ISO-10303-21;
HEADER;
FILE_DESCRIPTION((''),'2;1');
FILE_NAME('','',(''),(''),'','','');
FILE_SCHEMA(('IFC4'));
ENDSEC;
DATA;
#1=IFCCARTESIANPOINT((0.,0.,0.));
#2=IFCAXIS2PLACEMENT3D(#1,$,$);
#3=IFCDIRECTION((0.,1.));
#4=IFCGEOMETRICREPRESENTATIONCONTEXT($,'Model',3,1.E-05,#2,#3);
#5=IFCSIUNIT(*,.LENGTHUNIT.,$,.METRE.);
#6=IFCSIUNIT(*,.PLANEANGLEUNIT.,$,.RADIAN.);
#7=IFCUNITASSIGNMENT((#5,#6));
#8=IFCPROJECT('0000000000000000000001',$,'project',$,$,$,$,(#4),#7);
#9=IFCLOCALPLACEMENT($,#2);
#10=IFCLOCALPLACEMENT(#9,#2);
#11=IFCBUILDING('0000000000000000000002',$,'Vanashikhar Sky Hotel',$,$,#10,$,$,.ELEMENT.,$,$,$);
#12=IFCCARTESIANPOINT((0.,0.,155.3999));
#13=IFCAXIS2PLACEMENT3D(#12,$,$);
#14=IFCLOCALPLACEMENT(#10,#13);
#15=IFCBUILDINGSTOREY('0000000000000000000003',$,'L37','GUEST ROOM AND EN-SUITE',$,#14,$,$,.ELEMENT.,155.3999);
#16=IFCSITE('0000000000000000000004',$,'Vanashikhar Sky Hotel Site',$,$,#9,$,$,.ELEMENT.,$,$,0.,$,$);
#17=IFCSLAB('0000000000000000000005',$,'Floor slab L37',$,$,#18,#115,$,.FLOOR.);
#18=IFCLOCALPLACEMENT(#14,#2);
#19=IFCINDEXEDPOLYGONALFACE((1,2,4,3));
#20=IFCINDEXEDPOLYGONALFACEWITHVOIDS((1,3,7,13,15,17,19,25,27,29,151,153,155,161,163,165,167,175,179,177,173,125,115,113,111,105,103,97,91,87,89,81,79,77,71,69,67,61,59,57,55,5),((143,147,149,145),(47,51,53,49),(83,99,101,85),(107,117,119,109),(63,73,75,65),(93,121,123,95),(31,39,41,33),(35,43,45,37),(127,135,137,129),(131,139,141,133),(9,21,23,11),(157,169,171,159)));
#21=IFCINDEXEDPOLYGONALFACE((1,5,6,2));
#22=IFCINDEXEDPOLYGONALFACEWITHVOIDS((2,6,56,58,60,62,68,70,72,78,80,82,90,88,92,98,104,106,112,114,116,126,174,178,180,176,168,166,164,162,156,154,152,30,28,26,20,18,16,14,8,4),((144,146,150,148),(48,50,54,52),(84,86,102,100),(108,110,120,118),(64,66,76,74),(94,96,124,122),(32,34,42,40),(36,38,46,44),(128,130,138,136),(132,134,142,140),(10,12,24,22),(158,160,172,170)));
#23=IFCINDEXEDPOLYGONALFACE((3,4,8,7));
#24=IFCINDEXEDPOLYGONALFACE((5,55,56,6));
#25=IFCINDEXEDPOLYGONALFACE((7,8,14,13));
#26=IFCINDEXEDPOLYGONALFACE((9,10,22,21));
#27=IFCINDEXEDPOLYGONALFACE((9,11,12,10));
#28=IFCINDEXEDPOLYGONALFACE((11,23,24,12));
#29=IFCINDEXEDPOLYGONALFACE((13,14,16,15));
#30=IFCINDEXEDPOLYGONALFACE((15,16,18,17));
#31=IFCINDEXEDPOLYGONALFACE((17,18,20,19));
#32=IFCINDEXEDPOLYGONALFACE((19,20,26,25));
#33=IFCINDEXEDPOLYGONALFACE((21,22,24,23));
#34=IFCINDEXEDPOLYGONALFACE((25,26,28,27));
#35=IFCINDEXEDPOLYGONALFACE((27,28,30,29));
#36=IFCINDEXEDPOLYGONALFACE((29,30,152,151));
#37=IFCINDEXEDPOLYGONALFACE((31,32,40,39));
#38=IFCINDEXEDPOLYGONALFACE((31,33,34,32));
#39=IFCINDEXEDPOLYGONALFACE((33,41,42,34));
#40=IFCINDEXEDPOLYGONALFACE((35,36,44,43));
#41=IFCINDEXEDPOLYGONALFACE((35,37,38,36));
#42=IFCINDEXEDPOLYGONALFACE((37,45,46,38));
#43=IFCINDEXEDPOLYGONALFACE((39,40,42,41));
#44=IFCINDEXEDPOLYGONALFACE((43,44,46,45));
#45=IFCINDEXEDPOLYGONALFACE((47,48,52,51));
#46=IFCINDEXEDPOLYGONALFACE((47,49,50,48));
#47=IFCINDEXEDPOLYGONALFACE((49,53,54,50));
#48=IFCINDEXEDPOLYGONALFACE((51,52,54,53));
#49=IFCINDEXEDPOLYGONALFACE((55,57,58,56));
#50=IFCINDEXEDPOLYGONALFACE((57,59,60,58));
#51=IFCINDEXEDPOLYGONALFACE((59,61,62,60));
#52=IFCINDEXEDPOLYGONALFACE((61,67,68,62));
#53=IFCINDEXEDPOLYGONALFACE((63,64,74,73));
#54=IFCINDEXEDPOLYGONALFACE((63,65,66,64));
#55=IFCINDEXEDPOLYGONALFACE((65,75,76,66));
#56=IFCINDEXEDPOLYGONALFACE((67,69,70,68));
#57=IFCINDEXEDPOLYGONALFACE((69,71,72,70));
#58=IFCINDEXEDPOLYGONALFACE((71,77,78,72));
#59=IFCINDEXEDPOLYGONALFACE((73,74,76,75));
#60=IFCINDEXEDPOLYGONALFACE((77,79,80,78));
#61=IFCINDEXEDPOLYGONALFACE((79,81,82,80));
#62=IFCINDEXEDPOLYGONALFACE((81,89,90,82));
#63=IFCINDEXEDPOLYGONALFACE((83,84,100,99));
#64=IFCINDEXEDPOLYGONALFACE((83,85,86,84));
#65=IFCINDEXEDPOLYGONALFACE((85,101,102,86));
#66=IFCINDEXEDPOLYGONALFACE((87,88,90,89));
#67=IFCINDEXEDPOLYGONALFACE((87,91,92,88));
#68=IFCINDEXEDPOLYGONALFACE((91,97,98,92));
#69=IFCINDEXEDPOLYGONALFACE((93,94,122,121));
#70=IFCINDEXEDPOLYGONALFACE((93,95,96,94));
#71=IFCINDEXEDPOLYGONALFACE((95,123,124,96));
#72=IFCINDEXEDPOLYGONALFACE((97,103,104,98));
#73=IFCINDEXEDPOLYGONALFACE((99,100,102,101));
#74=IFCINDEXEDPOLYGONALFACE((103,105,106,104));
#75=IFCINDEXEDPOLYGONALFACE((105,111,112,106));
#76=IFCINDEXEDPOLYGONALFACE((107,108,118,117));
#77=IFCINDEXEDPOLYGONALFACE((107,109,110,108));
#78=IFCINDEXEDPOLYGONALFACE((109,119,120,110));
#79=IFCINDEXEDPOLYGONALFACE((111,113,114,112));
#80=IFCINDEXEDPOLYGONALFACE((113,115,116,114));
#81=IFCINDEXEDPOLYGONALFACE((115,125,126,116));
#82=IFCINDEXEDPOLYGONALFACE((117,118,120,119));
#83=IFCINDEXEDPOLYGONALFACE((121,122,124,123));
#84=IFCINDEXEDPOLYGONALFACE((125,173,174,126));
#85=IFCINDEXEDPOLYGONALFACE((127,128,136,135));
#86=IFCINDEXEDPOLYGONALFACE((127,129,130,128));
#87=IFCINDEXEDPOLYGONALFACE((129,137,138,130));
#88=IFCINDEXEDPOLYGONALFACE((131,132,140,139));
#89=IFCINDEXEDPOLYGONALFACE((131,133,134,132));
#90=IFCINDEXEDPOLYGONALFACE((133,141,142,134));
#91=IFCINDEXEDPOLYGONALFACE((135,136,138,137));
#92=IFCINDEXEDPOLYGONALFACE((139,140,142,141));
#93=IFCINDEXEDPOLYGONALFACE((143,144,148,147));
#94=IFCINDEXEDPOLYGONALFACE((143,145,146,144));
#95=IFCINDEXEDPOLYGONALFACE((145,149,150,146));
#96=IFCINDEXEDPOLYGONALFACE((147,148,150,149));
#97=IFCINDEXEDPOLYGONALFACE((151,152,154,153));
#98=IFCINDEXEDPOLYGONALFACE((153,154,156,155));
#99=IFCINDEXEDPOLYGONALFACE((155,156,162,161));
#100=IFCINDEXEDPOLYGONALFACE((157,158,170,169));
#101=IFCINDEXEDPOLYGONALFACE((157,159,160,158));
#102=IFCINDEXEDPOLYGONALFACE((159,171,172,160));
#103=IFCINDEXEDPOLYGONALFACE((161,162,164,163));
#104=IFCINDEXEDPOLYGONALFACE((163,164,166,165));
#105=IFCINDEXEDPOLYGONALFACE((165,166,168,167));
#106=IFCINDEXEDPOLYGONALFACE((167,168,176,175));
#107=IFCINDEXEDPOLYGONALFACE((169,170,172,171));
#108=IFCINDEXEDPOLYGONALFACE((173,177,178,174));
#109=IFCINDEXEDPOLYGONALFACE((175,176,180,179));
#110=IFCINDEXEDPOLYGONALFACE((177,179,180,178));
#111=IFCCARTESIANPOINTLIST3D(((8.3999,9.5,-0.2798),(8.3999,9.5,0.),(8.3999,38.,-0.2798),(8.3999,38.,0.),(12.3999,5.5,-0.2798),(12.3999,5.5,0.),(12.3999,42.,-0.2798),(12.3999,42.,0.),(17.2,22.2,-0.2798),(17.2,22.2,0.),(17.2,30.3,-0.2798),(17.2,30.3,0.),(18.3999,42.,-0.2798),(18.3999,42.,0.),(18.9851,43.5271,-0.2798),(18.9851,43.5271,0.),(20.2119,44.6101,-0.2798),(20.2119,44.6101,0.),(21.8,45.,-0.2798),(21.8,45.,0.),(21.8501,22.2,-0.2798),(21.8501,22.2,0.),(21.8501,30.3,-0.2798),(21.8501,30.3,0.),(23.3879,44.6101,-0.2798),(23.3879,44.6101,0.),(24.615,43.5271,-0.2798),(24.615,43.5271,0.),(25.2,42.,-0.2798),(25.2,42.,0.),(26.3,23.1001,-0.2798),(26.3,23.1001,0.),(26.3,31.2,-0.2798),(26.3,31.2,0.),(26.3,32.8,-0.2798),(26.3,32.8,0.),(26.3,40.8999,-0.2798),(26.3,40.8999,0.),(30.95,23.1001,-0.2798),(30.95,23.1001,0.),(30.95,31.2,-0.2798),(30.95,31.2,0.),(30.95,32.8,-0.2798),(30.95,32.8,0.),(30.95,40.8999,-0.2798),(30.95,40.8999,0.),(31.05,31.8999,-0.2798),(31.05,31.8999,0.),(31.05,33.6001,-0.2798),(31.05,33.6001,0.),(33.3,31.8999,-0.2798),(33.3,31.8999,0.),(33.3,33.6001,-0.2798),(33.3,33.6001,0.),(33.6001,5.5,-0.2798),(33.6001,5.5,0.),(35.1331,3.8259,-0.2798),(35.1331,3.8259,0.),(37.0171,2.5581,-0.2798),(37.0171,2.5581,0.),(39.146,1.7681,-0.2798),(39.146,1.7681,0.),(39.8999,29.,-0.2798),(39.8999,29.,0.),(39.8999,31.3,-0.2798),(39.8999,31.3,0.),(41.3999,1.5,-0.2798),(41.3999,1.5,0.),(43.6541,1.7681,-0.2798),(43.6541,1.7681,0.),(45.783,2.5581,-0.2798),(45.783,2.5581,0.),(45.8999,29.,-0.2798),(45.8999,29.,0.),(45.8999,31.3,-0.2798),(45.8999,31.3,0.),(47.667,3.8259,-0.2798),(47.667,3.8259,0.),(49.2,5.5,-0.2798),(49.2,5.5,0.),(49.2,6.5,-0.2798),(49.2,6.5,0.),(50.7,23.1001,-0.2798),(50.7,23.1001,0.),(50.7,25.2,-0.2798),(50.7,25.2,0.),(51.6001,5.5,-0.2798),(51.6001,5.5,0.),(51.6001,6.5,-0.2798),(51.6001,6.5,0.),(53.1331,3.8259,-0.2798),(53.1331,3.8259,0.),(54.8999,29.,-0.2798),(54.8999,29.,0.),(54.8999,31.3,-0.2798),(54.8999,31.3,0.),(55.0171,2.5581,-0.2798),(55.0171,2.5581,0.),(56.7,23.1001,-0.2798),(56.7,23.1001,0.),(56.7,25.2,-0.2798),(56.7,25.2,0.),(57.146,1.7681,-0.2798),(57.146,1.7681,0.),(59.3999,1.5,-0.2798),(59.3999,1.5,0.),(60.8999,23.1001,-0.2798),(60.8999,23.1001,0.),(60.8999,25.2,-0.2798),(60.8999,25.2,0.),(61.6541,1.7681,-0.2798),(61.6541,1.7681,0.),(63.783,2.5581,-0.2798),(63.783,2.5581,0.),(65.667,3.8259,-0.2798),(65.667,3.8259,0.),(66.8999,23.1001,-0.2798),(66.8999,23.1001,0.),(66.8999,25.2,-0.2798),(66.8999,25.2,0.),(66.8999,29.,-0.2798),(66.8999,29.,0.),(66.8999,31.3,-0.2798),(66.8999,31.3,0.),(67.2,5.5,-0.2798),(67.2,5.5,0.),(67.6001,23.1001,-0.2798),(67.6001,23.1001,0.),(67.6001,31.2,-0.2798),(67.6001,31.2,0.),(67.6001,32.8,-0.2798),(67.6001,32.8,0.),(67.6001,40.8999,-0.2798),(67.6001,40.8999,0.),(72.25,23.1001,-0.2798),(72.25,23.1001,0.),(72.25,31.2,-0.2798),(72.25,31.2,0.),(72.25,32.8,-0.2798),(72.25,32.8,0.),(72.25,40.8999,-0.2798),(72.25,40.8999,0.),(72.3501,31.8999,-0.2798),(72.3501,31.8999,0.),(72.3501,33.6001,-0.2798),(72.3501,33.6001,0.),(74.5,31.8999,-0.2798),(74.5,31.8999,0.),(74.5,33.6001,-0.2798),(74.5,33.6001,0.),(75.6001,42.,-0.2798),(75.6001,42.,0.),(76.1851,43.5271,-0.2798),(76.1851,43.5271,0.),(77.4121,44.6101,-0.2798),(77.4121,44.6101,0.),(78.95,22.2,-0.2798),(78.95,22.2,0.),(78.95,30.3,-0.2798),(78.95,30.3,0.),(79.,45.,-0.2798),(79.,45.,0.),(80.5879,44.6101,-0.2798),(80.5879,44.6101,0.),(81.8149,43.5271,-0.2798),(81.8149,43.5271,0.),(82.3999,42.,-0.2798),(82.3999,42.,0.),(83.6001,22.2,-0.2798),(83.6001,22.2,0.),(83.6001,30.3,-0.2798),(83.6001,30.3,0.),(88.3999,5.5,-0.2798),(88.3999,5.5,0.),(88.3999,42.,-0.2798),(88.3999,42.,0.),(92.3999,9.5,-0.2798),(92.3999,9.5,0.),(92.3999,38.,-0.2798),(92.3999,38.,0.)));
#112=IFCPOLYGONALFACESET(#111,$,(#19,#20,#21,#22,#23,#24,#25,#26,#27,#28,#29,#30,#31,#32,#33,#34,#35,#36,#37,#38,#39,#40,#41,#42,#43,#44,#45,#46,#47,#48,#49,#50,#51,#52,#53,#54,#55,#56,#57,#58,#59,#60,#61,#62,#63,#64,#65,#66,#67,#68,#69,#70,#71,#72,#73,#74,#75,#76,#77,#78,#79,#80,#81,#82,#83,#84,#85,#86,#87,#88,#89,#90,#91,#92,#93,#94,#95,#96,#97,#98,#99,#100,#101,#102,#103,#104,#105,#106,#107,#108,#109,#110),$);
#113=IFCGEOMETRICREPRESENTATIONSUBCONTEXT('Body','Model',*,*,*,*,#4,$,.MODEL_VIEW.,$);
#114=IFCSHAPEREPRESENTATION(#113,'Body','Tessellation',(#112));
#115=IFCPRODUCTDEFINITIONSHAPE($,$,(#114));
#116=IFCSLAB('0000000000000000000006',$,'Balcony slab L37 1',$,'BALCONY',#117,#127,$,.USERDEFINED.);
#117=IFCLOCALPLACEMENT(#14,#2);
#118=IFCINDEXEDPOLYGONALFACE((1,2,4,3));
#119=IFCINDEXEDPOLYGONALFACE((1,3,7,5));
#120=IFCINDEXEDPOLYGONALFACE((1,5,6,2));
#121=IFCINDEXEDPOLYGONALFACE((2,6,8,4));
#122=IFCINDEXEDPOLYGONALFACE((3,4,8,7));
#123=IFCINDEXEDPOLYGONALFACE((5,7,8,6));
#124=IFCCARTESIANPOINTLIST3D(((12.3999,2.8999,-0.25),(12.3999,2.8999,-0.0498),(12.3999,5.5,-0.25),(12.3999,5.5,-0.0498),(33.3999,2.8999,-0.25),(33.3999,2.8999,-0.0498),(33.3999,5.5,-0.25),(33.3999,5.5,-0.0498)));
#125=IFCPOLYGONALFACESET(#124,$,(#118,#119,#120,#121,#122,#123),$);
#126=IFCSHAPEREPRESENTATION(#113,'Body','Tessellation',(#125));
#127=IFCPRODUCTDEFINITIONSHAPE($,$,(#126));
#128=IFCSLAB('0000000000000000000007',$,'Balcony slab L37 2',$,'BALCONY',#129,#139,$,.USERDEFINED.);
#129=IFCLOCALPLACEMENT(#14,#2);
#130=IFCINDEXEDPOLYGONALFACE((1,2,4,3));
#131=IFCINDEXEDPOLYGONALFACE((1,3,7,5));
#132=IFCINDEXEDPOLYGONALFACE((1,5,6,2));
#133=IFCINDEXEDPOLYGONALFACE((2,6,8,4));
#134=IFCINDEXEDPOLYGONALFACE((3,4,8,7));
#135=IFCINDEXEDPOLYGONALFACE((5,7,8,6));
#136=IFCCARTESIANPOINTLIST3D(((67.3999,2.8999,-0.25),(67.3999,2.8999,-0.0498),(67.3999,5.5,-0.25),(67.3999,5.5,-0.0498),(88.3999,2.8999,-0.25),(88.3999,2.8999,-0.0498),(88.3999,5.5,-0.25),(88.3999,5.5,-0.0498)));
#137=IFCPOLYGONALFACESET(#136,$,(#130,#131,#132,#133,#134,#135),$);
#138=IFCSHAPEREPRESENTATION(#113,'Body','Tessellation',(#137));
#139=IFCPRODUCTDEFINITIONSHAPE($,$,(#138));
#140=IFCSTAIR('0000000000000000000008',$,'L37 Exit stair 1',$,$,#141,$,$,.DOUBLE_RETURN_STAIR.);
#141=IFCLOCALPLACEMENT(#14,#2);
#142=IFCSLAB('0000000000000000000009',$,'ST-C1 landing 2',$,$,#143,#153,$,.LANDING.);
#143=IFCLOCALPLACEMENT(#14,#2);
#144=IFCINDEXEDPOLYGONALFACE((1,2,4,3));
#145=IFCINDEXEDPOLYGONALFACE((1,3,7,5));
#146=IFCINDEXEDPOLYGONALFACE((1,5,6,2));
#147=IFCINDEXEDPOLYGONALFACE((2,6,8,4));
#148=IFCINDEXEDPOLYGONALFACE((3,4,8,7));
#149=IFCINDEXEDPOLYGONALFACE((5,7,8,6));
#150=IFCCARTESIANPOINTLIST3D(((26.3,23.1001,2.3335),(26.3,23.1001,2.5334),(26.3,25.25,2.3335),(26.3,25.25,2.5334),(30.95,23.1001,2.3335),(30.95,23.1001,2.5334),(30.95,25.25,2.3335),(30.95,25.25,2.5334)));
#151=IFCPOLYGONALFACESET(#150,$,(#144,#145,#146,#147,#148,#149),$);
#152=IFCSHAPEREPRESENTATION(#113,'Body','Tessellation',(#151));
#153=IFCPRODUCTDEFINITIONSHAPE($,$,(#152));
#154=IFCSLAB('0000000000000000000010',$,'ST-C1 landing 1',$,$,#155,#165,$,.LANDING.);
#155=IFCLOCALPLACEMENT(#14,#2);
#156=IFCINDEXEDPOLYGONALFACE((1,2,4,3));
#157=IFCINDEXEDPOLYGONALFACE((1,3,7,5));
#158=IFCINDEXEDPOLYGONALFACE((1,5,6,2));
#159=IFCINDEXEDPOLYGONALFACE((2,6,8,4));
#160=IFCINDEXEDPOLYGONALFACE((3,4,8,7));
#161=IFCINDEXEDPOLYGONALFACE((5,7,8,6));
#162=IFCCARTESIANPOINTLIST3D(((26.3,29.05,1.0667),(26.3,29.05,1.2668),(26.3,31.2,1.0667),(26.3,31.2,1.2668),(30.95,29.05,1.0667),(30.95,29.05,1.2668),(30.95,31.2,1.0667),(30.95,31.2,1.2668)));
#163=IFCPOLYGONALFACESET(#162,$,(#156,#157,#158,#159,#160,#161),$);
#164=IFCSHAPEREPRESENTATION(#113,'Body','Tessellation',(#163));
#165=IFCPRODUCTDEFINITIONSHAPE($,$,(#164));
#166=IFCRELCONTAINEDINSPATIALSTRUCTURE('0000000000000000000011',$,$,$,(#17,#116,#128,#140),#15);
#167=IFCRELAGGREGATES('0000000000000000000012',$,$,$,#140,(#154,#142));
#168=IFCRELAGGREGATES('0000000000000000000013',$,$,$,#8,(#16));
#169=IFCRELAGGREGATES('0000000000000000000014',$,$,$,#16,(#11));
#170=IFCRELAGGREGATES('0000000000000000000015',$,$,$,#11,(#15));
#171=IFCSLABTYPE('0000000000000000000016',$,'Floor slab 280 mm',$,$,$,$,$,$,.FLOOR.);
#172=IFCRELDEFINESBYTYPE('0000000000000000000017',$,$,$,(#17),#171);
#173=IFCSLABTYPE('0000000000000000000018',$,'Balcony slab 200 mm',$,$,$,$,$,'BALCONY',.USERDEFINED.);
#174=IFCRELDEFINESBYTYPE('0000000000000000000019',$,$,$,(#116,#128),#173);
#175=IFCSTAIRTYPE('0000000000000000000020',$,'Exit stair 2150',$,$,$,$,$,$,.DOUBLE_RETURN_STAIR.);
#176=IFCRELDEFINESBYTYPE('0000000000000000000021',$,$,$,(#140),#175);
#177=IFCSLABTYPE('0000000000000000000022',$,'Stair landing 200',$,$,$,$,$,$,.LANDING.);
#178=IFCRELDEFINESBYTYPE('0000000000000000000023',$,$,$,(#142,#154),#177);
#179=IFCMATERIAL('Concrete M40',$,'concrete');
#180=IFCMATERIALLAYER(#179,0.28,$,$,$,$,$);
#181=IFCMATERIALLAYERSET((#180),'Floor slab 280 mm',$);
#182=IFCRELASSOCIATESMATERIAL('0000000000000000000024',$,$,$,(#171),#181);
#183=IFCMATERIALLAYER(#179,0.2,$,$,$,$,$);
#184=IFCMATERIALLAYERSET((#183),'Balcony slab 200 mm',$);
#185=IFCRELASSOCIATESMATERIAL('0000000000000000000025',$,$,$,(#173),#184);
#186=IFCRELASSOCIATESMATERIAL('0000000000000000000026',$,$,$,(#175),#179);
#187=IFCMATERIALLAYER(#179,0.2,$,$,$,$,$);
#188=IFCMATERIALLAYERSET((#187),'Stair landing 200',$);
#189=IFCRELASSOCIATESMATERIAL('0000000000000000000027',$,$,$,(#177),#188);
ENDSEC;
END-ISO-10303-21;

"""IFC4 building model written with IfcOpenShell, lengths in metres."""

from ifc_helpers import new_model, si_unit, direction, frame, origin, place, context, subcontext, project, spatial, polyline, outline, extrude, source, transform, mapped, material, layer, layer_set, type_object, element, aggregate, save


model = new_model("IFC4")

# Units and contexts
model_context = context("Model", 3, precision=1e-05, world=origin(), true_north=direction((0.0, 1.0)))
body_context = subcontext(model_context, "Body", "Model", "MODEL_VIEW")
ifc_project = project(units=[si_unit("LENGTHUNIT", "METRE"), si_unit("PLANEANGLEUNIT", "RADIAN")], contexts=[model_context])

# Site, building, storey
site_placement = place(None, origin())
site = spatial("IfcSite", under=ifc_project, at=site_placement, Name="Vanashikhar Sky Hotel Site", CompositionType="ELEMENT", RefElevation=0.0)
building_placement = place(site_placement, origin())
building = spatial("IfcBuilding", under=site, at=building_placement, Name="Vanashikhar Sky Hotel", CompositionType="ELEMENT")
storey_placement = place(building_placement, frame((0.0, 0.0, 155.3999)))
storey = spatial("IfcBuildingStorey", under=building, at=storey_placement, Name="L37", Description="GUEST ROOM AND EN-SUITE", CompositionType="ELEMENT", Elevation=155.3999)

# Slabs
ifc_material = material(Name="Concrete M40", Category="concrete")
ifc_layer_1 = layer(ifc_material, 0.28)
ifc_layer_set_1 = layer_set([ifc_layer_1], Name="Floor slab 280 mm")
slab_type_1 = type_object("IfcSlabType", Name="Floor slab 280 mm", PredefinedType="FLOOR", material=ifc_layer_set_1)
shared_shape_1 = source(origin(), body_context, "Body", "SweptSolid", [
    extrude(outline(polyline([(49.2, 5.5), (49.2, 6.5), (51.6001, 6.5), (51.6001, 5.5), (53.1331, 3.8259), (55.0171, 2.5581), (57.146, 1.7681), (59.3999, 1.5), (61.6541, 1.7681), (63.783, 2.5581), (65.667, 3.8259), (67.2, 5.5), (88.3999, 5.5), (92.3999, 9.5), (92.3999, 38.0), (88.3999, 42.0), (82.3999, 42.0), (81.8149, 43.5271), (80.5879, 44.6101), (79.0, 45.0), (77.4121, 44.6101), (76.1851, 43.5271), (75.6001, 42.0), (25.2, 42.0), (24.615, 43.5271), (23.3879, 44.6101), (21.8, 45.0), (20.2119, 44.6101), (18.9851, 43.5271), (18.3999, 42.0), (12.3999, 42.0), (8.3999, 38.0), (8.3999, 9.5), (12.3999, 5.5), (33.6001, 5.5), (35.1331, 3.8259), (37.0171, 2.5581), (39.146, 1.7681), (41.3999, 1.5), (43.6541, 1.7681), (45.783, 2.5581), (47.667, 3.8259), (49.2, 5.5)]), holes=[polyline([(33.3, 33.6001), (31.05, 33.6001), (31.05, 31.8999), (33.3, 31.8999), (33.3, 33.6001)]), polyline([(39.8999, 31.3), (39.8999, 29.0), (45.8999, 29.0), (45.8999, 31.3), (39.8999, 31.3)]), polyline([(50.7, 25.2), (50.7, 23.1001), (56.7, 23.1001), (56.7, 25.2), (50.7, 25.2)]), polyline([(66.8999, 29.0), (66.8999, 31.3), (54.8999, 31.3), (54.8999, 29.0), (66.8999, 29.0)]), polyline([(60.8999, 25.2), (60.8999, 23.1001), (66.8999, 23.1001), (66.8999, 25.2), (60.8999, 25.2)]), polyline([(74.5, 33.6001), (72.3501, 33.6001), (72.3501, 31.8999), (74.5, 31.8999), (74.5, 33.6001)]), polyline([(30.95, 23.1001), (30.95, 31.2), (26.3, 31.2), (26.3, 23.1001), (30.95, 23.1001)]), polyline([(72.25, 23.1001), (72.25, 31.2), (67.6001, 31.2), (67.6001, 23.1001), (72.25, 23.1001)]), polyline([(30.95, 32.8), (30.95, 40.8999), (26.3, 40.8999), (26.3, 32.8), (30.95, 32.8)]), polyline([(72.25, 32.8), (72.25, 40.8999), (67.6001, 40.8999), (67.6001, 32.8), (72.25, 32.8)]), polyline([(83.6001, 22.2), (83.6001, 30.3), (78.95, 30.3), (78.95, 22.2), (83.6001, 22.2)]), polyline([(21.8501, 22.2), (21.8501, 30.3), (17.2, 30.3), (17.2, 22.2), (21.8501, 22.2)])]), origin(), (0.0, 0.0, 1.0), 0.2798),
])
slab_1_placement = place(storey_placement, frame((0.0, 0.0, -0.2798)))
element("IfcSlab", 1, at=slab_1_placement, inside=storey, type_object=slab_type_1, Name="Floor slab L37", PredefinedType="FLOOR", context=body_context, shape_type="MappedRepresentation", body=[
    mapped(shared_shape_1, transform((0.0, 0.0, 0.0), scale=1.0)),
])
ifc_layer_2 = layer(ifc_material, 0.2)
ifc_layer_set_2 = layer_set([ifc_layer_2], Name="Balcony slab 200 mm")
slab_type_2 = type_object("IfcSlabType", Name="Balcony slab 200 mm", ElementType="BALCONY", PredefinedType="USERDEFINED", material=ifc_layer_set_2)
shared_shape_2 = source(origin(), body_context, "Body", "SweptSolid", [
    extrude(outline(polyline([(12.3999, 2.8999), (33.3999, 2.8999), (33.3999, 5.5), (12.3999, 5.5), (12.3999, 2.8999)])), origin(), (0.0, 0.0, 1.0), 0.2002),
])
slab_2_placement = place(storey_placement, frame((0.0, 0.0, -0.25)))
element("IfcSlab", 2, at=slab_2_placement, inside=storey, type_object=slab_type_2, Name="Balcony slab L37 1", ObjectType="BALCONY", PredefinedType="USERDEFINED", context=body_context, shape_type="MappedRepresentation", body=[
    mapped(shared_shape_2, transform((0.0, 0.0, 0.0), scale=1.0)),
])
shared_shape_3 = source(origin(), body_context, "Body", "SweptSolid", [
    extrude(outline(polyline([(67.3999, 2.8999), (88.3999, 2.8999), (88.3999, 5.5), (67.3999, 5.5), (67.3999, 2.8999)])), origin(), (0.0, 0.0, 1.0), 0.2002),
])
slab_3_placement = place(storey_placement, frame((0.0, 0.0, -0.25)))
element("IfcSlab", 3, at=slab_3_placement, inside=storey, type_object=slab_type_2, Name="Balcony slab L37 2", ObjectType="BALCONY", PredefinedType="USERDEFINED", context=body_context, shape_type="MappedRepresentation", body=[
    mapped(shared_shape_3, transform((0.0, 0.0, 0.0), scale=1.0)),
])

# Stair, slabs
stair_type = type_object("IfcStairType", Name="Exit stair 2150", PredefinedType="DOUBLE_RETURN_STAIR", material=ifc_material)
stair_1_placement = place(storey_placement, origin())
stair_1 = element("IfcStair", 4, at=stair_1_placement, inside=storey, type_object=stair_type, Name="L37 Exit stair 1", PredefinedType="DOUBLE_RETURN_STAIR")
ifc_layer_3 = layer(ifc_material, 0.2)
ifc_layer_set_3 = layer_set([ifc_layer_3], Name="Stair landing 200")
slab_type_3 = type_object("IfcSlabType", Name="Stair landing 200", PredefinedType="LANDING", material=ifc_layer_set_3)
shared_shape_4 = source(origin(), body_context, "Body", "SweptSolid", [
    extrude(outline(polyline([(30.95, 23.1001), (30.95, 25.25), (26.3, 25.25), (26.3, 23.1001), (30.95, 23.1001)])), origin(), (0.0, 0.0, 1.0), 0.2),
])
slab_4_placement = place(storey_placement, frame((0.0, 0.0, 2.3335)))
slab_4 = element("IfcSlab", 5, at=slab_4_placement, type_object=slab_type_3, Name="ST-C1 landing 2", PredefinedType="LANDING", context=body_context, shape_type="MappedRepresentation", body=[
    mapped(shared_shape_4, transform((0.0, 0.0, 0.0), scale=1.0)),
])
shared_shape_5 = source(origin(), body_context, "Body", "SweptSolid", [
    extrude(outline(polyline([(30.95, 29.05), (30.95, 31.2), (26.3, 31.2), (26.3, 29.05), (30.95, 29.05)])), origin(), (0.0, 0.0, 1.0), 0.2002),
])
slab_5_placement = place(storey_placement, frame((0.0, 0.0, 1.0667)))
slab_5 = element("IfcSlab", 6, at=slab_5_placement, type_object=slab_type_3, Name="ST-C1 landing 1", PredefinedType="LANDING", context=body_context, shape_type="MappedRepresentation", body=[
    mapped(shared_shape_5, transform((0.0, 0.0, 0.0), scale=1.0)),
])
aggregate(stair_1, [slab_5, slab_4])

save(model, "model.ifc")
